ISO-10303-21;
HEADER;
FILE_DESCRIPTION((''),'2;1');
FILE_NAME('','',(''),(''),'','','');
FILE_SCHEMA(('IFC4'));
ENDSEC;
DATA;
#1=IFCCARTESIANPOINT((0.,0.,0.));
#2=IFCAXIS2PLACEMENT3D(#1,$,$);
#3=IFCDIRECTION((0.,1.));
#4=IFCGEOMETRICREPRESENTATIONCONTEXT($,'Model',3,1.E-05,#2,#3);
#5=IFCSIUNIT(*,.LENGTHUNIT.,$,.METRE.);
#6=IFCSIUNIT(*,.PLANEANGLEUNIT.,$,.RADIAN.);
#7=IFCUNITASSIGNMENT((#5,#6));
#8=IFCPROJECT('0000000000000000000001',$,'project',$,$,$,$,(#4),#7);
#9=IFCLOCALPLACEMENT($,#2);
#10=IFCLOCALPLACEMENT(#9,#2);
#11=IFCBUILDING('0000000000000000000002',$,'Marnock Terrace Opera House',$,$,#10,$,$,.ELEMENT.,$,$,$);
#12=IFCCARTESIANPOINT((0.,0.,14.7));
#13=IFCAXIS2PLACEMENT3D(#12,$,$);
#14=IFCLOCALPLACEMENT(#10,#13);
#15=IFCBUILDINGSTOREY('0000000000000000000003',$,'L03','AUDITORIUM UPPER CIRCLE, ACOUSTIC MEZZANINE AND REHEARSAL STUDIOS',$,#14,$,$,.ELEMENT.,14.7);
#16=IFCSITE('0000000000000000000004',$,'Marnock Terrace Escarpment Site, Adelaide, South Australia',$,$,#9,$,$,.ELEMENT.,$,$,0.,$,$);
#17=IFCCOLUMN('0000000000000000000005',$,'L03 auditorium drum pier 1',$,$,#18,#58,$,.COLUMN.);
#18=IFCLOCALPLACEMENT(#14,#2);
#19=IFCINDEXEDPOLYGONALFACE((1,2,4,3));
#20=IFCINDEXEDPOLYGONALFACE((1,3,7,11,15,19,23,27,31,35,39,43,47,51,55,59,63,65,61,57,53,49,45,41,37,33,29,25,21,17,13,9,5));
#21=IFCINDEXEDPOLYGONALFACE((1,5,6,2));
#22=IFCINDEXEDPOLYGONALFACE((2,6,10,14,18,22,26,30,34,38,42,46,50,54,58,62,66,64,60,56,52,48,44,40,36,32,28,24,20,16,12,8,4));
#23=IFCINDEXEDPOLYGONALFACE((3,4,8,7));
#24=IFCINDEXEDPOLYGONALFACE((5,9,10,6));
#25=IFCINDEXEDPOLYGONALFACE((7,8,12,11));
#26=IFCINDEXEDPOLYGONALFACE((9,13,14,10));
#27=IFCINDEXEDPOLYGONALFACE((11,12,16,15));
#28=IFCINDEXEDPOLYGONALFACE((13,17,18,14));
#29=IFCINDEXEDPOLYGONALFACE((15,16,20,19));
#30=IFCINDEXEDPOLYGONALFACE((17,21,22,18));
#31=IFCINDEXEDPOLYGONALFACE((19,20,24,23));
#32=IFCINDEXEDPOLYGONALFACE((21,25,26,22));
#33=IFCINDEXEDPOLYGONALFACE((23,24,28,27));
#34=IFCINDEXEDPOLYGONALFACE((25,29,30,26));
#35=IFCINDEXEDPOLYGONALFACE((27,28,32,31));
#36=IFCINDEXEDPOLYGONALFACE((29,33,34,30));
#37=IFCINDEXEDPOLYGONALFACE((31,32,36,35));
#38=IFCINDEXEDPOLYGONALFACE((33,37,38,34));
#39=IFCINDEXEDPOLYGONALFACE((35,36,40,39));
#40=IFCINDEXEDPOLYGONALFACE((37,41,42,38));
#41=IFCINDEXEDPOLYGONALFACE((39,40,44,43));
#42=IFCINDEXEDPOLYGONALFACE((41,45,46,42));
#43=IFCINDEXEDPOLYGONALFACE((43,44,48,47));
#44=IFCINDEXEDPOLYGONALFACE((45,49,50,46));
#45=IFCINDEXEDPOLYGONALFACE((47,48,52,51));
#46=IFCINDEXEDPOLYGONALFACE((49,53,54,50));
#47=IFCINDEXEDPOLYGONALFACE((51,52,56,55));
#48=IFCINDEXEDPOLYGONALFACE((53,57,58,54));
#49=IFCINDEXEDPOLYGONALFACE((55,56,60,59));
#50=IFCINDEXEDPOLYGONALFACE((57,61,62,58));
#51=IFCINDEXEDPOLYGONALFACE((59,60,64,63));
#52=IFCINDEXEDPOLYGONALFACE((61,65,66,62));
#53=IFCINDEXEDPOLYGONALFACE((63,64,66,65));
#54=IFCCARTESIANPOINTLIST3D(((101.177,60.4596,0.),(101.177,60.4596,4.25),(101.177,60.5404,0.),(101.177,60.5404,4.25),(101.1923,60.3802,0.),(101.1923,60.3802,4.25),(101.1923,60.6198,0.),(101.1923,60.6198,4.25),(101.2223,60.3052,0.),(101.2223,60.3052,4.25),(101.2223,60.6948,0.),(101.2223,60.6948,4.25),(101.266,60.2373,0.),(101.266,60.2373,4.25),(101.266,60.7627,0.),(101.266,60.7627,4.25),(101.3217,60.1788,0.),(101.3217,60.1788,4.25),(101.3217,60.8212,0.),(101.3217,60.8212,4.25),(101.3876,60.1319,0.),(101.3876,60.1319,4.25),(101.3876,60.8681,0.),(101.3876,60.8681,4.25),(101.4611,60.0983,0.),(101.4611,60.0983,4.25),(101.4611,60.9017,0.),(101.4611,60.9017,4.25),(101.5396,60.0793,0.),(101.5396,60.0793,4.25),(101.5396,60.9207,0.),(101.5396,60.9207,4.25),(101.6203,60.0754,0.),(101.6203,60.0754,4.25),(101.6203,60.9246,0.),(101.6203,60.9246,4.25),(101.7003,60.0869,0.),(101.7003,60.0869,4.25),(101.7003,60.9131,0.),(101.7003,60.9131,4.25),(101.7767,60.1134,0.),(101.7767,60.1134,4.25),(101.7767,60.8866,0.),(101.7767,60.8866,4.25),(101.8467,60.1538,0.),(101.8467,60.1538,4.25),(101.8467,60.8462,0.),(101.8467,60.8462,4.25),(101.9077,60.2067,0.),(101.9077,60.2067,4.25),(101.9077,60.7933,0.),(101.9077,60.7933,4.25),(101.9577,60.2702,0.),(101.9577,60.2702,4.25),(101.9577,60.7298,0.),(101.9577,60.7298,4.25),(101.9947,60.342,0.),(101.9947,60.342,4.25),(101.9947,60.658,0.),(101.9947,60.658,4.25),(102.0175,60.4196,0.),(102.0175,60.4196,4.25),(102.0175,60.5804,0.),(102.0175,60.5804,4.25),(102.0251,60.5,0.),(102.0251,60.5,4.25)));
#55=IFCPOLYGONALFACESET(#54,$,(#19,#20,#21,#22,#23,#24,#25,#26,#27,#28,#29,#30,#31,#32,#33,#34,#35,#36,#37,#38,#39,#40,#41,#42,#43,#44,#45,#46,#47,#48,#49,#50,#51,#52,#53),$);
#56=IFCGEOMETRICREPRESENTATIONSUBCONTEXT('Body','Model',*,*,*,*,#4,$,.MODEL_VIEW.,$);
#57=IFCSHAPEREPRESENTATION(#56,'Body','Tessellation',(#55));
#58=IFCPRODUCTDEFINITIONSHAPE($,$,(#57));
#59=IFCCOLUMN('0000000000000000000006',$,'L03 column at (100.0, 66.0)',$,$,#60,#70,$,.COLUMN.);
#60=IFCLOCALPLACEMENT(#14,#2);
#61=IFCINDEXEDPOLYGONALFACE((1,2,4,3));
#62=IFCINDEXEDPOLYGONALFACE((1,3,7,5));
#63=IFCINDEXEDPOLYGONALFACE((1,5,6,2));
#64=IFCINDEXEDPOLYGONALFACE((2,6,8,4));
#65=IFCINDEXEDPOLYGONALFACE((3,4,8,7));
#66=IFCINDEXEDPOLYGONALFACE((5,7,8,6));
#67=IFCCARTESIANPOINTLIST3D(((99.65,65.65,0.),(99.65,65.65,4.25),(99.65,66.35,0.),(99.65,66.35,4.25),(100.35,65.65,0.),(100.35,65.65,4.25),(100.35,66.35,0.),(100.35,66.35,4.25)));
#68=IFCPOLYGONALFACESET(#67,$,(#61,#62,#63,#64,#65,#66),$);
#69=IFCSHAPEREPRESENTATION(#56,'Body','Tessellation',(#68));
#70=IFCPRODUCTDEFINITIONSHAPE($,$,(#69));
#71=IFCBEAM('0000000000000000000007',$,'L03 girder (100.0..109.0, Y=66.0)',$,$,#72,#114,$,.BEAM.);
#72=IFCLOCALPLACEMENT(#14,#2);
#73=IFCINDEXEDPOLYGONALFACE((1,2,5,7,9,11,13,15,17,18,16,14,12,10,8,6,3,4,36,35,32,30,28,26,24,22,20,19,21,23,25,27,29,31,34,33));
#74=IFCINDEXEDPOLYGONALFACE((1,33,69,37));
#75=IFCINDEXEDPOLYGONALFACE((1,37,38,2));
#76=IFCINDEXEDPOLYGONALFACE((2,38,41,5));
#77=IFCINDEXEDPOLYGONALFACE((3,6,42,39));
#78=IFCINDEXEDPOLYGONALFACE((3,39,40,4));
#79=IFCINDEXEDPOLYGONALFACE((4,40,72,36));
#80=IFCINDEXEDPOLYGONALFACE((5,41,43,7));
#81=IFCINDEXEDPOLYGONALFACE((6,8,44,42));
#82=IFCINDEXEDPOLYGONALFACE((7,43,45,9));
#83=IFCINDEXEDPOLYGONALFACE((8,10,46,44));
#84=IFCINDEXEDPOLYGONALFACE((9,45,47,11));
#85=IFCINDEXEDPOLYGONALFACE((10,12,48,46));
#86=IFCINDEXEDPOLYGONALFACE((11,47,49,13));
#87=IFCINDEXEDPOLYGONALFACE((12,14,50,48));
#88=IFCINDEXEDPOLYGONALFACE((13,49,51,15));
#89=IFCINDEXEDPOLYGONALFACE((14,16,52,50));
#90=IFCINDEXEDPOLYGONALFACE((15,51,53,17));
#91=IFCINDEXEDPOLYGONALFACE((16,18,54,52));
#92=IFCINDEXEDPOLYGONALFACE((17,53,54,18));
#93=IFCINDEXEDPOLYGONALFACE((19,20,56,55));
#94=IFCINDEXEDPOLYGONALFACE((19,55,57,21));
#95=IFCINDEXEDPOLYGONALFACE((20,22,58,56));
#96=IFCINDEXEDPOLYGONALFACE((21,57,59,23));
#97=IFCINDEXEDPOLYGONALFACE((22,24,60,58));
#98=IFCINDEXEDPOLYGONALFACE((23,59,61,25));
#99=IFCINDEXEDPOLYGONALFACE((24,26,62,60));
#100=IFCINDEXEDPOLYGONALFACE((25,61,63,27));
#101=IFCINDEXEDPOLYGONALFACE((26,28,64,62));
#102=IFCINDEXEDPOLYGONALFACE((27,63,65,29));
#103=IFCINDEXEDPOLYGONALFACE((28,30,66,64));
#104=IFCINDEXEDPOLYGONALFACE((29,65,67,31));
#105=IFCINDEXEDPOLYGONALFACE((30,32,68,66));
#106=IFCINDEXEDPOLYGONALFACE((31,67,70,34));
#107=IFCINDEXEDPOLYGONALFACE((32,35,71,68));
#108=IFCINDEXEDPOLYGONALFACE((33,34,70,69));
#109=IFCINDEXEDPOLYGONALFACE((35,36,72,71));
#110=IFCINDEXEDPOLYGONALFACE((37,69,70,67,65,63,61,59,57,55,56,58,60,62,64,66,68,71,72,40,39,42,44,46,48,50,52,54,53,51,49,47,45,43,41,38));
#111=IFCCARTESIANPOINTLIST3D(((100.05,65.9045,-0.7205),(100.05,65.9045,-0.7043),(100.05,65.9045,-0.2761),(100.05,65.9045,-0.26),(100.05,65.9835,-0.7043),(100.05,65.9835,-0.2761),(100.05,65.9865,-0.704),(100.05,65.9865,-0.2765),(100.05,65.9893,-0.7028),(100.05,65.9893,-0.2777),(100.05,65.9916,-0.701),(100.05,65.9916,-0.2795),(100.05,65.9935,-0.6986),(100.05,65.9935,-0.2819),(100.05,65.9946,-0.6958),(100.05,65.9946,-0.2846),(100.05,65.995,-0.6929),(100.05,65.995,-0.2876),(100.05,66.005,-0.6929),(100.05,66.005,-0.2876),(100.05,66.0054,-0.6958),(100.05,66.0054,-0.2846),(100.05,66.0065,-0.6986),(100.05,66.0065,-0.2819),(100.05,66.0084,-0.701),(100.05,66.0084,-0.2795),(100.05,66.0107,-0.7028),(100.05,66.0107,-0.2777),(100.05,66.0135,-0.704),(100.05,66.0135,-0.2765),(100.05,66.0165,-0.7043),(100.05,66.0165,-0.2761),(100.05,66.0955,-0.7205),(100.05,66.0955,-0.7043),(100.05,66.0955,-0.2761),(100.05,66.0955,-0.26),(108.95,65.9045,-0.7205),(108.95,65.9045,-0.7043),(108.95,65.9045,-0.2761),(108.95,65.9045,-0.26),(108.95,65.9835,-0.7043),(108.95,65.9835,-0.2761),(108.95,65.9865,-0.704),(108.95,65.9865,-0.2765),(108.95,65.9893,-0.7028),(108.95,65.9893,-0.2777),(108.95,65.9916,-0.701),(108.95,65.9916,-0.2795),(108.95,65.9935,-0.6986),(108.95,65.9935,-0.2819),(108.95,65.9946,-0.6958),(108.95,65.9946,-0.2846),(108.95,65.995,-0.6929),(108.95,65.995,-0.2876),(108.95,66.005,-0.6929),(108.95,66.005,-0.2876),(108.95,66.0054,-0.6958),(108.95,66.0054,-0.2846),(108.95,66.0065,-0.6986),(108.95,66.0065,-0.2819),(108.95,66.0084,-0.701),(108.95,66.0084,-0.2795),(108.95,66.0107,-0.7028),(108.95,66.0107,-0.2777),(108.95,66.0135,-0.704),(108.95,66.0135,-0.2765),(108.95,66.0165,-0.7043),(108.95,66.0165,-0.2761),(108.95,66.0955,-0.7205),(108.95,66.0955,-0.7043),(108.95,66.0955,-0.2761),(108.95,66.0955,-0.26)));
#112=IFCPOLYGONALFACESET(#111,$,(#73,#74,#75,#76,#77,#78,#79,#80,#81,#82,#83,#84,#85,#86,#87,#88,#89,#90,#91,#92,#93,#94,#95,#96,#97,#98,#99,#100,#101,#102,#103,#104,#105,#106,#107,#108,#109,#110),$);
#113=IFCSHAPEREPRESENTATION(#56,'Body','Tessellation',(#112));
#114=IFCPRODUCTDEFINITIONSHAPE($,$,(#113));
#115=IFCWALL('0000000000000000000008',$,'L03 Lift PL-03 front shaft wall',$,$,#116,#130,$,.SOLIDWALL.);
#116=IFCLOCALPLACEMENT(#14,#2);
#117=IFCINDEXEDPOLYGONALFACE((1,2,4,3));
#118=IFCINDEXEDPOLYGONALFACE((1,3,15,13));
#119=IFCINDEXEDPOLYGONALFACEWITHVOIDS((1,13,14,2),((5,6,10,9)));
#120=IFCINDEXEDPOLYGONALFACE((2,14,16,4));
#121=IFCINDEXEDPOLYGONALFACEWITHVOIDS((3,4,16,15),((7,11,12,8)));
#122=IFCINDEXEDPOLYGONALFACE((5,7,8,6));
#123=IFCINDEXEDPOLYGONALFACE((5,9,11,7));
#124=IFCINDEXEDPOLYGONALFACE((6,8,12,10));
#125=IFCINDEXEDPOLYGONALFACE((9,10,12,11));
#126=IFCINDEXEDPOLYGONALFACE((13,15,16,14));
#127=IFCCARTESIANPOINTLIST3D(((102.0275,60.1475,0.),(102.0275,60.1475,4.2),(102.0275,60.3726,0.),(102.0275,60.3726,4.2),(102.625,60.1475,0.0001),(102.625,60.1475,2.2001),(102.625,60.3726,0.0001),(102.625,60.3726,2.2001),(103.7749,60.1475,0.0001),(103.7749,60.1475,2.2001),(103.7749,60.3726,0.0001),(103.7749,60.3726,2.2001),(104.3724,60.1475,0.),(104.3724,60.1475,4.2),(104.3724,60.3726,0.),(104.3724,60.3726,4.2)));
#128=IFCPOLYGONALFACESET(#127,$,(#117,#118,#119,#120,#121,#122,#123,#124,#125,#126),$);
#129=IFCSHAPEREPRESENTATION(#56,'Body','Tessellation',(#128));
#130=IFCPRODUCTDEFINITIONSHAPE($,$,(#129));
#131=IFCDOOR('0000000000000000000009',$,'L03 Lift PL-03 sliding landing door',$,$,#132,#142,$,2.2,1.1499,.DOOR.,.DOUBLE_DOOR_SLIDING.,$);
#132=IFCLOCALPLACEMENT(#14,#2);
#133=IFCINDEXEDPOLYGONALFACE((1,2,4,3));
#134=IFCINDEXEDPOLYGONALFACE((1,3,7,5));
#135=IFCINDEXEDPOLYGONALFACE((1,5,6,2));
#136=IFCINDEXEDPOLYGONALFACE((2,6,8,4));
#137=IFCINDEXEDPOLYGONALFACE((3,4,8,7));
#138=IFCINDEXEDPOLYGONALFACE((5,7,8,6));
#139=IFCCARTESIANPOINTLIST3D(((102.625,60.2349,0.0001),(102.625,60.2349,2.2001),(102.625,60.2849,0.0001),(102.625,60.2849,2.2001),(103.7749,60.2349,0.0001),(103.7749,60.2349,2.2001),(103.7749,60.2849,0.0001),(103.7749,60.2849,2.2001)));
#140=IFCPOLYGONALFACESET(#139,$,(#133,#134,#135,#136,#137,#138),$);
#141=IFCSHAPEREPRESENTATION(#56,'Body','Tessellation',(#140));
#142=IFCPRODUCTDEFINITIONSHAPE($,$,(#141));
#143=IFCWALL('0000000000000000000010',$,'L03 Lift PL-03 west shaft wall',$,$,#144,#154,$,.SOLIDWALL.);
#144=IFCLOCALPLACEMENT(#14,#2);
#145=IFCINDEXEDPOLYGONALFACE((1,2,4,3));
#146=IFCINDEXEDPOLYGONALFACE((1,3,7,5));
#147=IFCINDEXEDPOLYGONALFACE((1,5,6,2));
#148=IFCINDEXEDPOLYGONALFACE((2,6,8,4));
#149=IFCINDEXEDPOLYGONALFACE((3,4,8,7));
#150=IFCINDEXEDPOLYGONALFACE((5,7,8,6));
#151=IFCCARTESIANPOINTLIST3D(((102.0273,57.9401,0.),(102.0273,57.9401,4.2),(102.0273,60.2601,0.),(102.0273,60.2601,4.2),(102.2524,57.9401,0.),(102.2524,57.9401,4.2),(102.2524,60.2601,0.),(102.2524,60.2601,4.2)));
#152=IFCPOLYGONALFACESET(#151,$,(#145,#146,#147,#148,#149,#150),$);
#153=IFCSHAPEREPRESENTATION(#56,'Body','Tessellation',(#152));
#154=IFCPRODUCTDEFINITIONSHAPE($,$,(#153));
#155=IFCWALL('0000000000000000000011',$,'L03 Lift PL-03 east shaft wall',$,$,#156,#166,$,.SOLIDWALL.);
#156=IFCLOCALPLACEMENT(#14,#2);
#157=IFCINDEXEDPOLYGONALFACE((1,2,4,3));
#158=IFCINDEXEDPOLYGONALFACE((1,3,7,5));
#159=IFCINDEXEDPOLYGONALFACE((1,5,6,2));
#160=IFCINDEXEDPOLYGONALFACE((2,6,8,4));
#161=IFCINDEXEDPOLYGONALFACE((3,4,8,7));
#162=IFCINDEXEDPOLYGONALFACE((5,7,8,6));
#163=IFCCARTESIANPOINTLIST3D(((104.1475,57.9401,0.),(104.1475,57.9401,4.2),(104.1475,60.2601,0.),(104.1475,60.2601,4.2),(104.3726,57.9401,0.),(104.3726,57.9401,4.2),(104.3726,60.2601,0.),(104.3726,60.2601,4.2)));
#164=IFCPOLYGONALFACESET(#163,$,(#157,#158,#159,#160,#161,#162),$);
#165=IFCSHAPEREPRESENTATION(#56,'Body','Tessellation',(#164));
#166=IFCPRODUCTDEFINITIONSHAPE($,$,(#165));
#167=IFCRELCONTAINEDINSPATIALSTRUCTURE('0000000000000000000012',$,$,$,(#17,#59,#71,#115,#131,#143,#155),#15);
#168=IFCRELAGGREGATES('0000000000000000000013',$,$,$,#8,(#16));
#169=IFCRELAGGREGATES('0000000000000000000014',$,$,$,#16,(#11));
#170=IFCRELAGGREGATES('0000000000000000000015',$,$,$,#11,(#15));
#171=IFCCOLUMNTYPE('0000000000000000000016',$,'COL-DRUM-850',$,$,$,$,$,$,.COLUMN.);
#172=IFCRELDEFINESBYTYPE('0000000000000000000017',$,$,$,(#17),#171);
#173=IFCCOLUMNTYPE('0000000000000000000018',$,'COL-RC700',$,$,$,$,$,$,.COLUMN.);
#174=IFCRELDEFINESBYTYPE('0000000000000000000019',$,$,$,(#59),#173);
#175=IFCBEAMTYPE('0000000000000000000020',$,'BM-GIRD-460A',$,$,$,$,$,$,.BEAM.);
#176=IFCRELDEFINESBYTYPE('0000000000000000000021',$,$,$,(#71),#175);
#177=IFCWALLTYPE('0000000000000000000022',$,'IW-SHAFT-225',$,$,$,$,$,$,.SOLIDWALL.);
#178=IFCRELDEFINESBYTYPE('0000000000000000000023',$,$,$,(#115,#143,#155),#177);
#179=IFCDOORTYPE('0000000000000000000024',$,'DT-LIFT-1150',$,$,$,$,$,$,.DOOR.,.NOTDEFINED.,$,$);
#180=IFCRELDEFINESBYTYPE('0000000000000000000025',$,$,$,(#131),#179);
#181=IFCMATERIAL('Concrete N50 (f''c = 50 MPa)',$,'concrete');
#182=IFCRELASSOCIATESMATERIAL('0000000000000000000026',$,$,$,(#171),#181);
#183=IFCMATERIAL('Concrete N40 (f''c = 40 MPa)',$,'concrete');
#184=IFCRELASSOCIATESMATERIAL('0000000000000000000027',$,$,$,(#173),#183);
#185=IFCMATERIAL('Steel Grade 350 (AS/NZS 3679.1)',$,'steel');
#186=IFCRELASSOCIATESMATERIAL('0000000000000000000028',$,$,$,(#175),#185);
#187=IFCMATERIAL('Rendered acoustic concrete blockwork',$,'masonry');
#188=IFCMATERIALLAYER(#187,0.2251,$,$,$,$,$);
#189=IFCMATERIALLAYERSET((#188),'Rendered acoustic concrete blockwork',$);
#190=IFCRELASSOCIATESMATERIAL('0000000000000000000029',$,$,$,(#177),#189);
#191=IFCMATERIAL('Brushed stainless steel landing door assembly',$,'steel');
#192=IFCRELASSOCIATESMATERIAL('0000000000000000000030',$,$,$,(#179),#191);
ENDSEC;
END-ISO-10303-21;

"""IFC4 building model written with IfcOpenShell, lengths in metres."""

from ifc_helpers import new_model, si_unit, direction, frame, frame_2d, origin, origin_2d, place, context, subcontext, project, spatial, rectangle, circle, i_section, extrude, material, layer, layer_set, material_profile, profile_set, type_object, element, fill, save


model = new_model("IFC4")

# Units and contexts
model_context = context("Model", 3, precision=1e-05, world=origin(), true_north=direction((0.0, 1.0)))
body_context = subcontext(model_context, "Body", "Model", "MODEL_VIEW")
ifc_project = project(units=[si_unit("LENGTHUNIT", "METRE"), si_unit("PLANEANGLEUNIT", "RADIAN")], contexts=[model_context])

# Site, building, storey
site_placement = place(None, origin())
site = spatial("IfcSite", under=ifc_project, at=site_placement, Name="Marnock Terrace Escarpment Site, Adelaide, South Australia", CompositionType="ELEMENT", RefElevation=0.0)
building_placement = place(site_placement, origin())
building = spatial("IfcBuilding", under=site, at=building_placement, Name="Marnock Terrace Opera House", CompositionType="ELEMENT")
storey_placement = place(building_placement, frame((0.0, 0.0, 14.7)))
storey = spatial("IfcBuildingStorey", under=building, at=storey_placement, Name="L03", Description="AUDITORIUM UPPER CIRCLE, ACOUSTIC MEZZANINE AND REHEARSAL STUDIOS", CompositionType="ELEMENT", Elevation=14.7)

# Columns
ifc_material_1 = material(Name="Concrete N50 (f'c = 50 MPa)", Category="concrete")
ifc_material_profile_1 = material_profile(ifc_material_1, circle(Radius=0.425, at=origin_2d()))
ifc_profile_set_1 = profile_set([ifc_material_profile_1], Name="Concrete N50 (f'c = 50 MPa)")
column_type_1 = type_object("IfcColumnType", Name="COL-DRUM-850", PredefinedType="COLUMN", material=ifc_profile_set_1)
column_1_placement = place(storey_placement, frame((101.6001, 60.5, 0.0), z_axis=(0.0, 0.0, 1.0), x_axis=(1.0, 0.0, 0.0)))
element("IfcColumn", 1, at=column_1_placement, inside=storey, type_object=column_type_1, Name="L03 auditorium drum pier 1", PredefinedType="COLUMN", context=body_context, shape_type="SweptSolid", body=[
    extrude(circle(Radius=0.425, at=origin_2d()), origin(), (0.0, 0.0, 1.0), 4.25),
])
ifc_material_2 = material(Name="Concrete N40 (f'c = 40 MPa)", Category="concrete")
ifc_material_profile_2 = material_profile(ifc_material_2, rectangle(XDim=0.7, YDim=0.7, at=origin_2d()))
ifc_profile_set_2 = profile_set([ifc_material_profile_2], Name="Concrete N40 (f'c = 40 MPa)")
column_type_2 = type_object("IfcColumnType", Name="COL-RC700", PredefinedType="COLUMN", material=ifc_profile_set_2)
column_2_placement = place(storey_placement, frame((100.0, 66.0, 0.0), z_axis=(0.0, 0.0, 1.0), x_axis=(1.0, 0.0, 0.0)))
element("IfcColumn", 2, at=column_2_placement, inside=storey, type_object=column_type_2, Name="L03 column at (100.0, 66.0)", PredefinedType="COLUMN", context=body_context, shape_type="SweptSolid", body=[
    extrude(rectangle(XDim=0.7, YDim=0.7, at=origin_2d()), origin(), (0.0, 0.0, 1.0), 4.25),
])

# Beam
ifc_material_3 = material(Name="Steel Grade 350 (AS/NZS 3679.1)", Category="steel")
ifc_material_profile_3 = material_profile(ifc_material_3, i_section(OverallWidth=0.1909, OverallDepth=0.4604, WebThickness=0.01, FlangeThickness=0.0161, FilletRadius=0.0115, at=origin_2d()))
ifc_profile_set_3 = profile_set([ifc_material_profile_3], Name="Steel Grade 350 (AS/NZS 3679.1)")
beam_type = type_object("IfcBeamType", Name="BM-GIRD-460A", PredefinedType="BEAM", material=ifc_profile_set_3)
beam_placement = place(storey_placement, frame((100.05, 66.0, -0.4902), z_axis=(1.0, 0.0, 0.0), x_axis=(0.0, 1.0, 0.0)))
element("IfcBeam", 3, at=beam_placement, inside=storey, type_object=beam_type, Name="L03 girder (100.0..109.0, Y=66.0)", PredefinedType="BEAM", context=body_context, shape_type="SweptSolid", body=[
    extrude(i_section(OverallWidth=0.1909, OverallDepth=0.4604, WebThickness=0.01, FlangeThickness=0.0161, FilletRadius=0.0115, at=origin_2d()), origin(), (0.0, 0.0, 1.0), 8.8999),
])

# Wall, opening, door
ifc_material_4 = material(Name="Rendered acoustic concrete blockwork", Category="masonry")
ifc_layer_1 = layer(ifc_material_4, 0.2251)
ifc_layer_set_1 = layer_set([ifc_layer_1], Name="Rendered acoustic concrete blockwork")
wall_type_1 = type_object("IfcWallType", Name="IW-SHAFT-225", PredefinedType="SOLIDWALL", material=ifc_layer_set_1)
wall_1_placement = place(storey_placement, frame((102.0276, 60.26, 0.0), z_axis=(0.0, 0.0, 1.0), x_axis=(1.0, 0.0, 0.0)))
wall_1 = element("IfcWall", 4, at=wall_1_placement, inside=storey, type_object=wall_type_1, Name="L03 Lift PL-03 front shaft wall", PredefinedType="SOLIDWALL", context=body_context, shape_type="SweptSolid", body=[
    extrude(rectangle(XDim=2.345, YDim=0.2251, at=frame_2d((1.1724, 0.0))), origin(), (0.0, 0.0, 1.0), 4.2),
])
opening_1_placement = place(wall_1_placement, frame((0.5974, 0.0, 0.0)))
opening_1 = element("IfcOpeningElement", 5, at=opening_1_placement, cuts=wall_1, PredefinedType="OPENING", context=body_context, shape_type="SweptSolid", body=[
    extrude(rectangle(XDim=1.1499, YDim=2.2, at=frame_2d((0.575, 1.1001))), frame((0.0, 0.1226, 0.0), z_axis=(0.0, -1.0, 0.0), x_axis=(1.0, 0.0, 0.0)), (0.0, 0.0, 1.0), 0.2451),
])
ifc_material_5 = material(Name="Brushed stainless steel landing door assembly", Category="steel")
door_type = type_object("IfcDoorType", Name="DT-LIFT-1150", OperationType="NOTDEFINED", PredefinedType="DOOR", material=ifc_material_5)
door_1_placement = place(opening_1_placement, origin())
door_1 = element("IfcDoor", 6, at=door_1_placement, inside=storey, type_object=door_type, Name="L03 Lift PL-03 sliding landing door", OperationType="DOUBLE_DOOR_SLIDING", OverallHeight=2.2, OverallWidth=1.1499, PredefinedType="DOOR", context=body_context, shape_type="SweptSolid", body=[
    extrude(rectangle(XDim=1.1499, YDim=2.2, at=frame_2d((0.575, 1.1001))), frame((0.0, 0.0249, 0.0), z_axis=(0.0, -1.0, 0.0), x_axis=(1.0, 0.0, 0.0)), (0.0, 0.0, 1.0), 0.05),
])
fill(opening_1, door_1)

# Walls
for number, where, z_axis, x_axis, name in (
    (7, (102.1399, 57.9399, 0.0), (0.0, 0.0, 1.0), (0.0, 1.0, 0.0), "L03 Lift PL-03 west shaft wall"),
    (8, (104.26, 57.9399, 0.0), (0.0, 0.0, 1.0), (0.0, 1.0, 0.0), "L03 Lift PL-03 east shaft wall"),
):
    element("IfcWall", number, at=place(storey_placement, frame(where, z_axis=z_axis, x_axis=x_axis)), inside=storey, type_object=wall_type_1, Name=name, PredefinedType="SOLIDWALL", context=body_context, shape_type="SweptSolid", body=[
        extrude(rectangle(XDim=2.3201, YDim=0.2251, at=frame_2d((1.1602, 0.0))), origin(), (0.0, 0.0, 1.0), 4.2),
    ])

save(model, "model.ifc")
